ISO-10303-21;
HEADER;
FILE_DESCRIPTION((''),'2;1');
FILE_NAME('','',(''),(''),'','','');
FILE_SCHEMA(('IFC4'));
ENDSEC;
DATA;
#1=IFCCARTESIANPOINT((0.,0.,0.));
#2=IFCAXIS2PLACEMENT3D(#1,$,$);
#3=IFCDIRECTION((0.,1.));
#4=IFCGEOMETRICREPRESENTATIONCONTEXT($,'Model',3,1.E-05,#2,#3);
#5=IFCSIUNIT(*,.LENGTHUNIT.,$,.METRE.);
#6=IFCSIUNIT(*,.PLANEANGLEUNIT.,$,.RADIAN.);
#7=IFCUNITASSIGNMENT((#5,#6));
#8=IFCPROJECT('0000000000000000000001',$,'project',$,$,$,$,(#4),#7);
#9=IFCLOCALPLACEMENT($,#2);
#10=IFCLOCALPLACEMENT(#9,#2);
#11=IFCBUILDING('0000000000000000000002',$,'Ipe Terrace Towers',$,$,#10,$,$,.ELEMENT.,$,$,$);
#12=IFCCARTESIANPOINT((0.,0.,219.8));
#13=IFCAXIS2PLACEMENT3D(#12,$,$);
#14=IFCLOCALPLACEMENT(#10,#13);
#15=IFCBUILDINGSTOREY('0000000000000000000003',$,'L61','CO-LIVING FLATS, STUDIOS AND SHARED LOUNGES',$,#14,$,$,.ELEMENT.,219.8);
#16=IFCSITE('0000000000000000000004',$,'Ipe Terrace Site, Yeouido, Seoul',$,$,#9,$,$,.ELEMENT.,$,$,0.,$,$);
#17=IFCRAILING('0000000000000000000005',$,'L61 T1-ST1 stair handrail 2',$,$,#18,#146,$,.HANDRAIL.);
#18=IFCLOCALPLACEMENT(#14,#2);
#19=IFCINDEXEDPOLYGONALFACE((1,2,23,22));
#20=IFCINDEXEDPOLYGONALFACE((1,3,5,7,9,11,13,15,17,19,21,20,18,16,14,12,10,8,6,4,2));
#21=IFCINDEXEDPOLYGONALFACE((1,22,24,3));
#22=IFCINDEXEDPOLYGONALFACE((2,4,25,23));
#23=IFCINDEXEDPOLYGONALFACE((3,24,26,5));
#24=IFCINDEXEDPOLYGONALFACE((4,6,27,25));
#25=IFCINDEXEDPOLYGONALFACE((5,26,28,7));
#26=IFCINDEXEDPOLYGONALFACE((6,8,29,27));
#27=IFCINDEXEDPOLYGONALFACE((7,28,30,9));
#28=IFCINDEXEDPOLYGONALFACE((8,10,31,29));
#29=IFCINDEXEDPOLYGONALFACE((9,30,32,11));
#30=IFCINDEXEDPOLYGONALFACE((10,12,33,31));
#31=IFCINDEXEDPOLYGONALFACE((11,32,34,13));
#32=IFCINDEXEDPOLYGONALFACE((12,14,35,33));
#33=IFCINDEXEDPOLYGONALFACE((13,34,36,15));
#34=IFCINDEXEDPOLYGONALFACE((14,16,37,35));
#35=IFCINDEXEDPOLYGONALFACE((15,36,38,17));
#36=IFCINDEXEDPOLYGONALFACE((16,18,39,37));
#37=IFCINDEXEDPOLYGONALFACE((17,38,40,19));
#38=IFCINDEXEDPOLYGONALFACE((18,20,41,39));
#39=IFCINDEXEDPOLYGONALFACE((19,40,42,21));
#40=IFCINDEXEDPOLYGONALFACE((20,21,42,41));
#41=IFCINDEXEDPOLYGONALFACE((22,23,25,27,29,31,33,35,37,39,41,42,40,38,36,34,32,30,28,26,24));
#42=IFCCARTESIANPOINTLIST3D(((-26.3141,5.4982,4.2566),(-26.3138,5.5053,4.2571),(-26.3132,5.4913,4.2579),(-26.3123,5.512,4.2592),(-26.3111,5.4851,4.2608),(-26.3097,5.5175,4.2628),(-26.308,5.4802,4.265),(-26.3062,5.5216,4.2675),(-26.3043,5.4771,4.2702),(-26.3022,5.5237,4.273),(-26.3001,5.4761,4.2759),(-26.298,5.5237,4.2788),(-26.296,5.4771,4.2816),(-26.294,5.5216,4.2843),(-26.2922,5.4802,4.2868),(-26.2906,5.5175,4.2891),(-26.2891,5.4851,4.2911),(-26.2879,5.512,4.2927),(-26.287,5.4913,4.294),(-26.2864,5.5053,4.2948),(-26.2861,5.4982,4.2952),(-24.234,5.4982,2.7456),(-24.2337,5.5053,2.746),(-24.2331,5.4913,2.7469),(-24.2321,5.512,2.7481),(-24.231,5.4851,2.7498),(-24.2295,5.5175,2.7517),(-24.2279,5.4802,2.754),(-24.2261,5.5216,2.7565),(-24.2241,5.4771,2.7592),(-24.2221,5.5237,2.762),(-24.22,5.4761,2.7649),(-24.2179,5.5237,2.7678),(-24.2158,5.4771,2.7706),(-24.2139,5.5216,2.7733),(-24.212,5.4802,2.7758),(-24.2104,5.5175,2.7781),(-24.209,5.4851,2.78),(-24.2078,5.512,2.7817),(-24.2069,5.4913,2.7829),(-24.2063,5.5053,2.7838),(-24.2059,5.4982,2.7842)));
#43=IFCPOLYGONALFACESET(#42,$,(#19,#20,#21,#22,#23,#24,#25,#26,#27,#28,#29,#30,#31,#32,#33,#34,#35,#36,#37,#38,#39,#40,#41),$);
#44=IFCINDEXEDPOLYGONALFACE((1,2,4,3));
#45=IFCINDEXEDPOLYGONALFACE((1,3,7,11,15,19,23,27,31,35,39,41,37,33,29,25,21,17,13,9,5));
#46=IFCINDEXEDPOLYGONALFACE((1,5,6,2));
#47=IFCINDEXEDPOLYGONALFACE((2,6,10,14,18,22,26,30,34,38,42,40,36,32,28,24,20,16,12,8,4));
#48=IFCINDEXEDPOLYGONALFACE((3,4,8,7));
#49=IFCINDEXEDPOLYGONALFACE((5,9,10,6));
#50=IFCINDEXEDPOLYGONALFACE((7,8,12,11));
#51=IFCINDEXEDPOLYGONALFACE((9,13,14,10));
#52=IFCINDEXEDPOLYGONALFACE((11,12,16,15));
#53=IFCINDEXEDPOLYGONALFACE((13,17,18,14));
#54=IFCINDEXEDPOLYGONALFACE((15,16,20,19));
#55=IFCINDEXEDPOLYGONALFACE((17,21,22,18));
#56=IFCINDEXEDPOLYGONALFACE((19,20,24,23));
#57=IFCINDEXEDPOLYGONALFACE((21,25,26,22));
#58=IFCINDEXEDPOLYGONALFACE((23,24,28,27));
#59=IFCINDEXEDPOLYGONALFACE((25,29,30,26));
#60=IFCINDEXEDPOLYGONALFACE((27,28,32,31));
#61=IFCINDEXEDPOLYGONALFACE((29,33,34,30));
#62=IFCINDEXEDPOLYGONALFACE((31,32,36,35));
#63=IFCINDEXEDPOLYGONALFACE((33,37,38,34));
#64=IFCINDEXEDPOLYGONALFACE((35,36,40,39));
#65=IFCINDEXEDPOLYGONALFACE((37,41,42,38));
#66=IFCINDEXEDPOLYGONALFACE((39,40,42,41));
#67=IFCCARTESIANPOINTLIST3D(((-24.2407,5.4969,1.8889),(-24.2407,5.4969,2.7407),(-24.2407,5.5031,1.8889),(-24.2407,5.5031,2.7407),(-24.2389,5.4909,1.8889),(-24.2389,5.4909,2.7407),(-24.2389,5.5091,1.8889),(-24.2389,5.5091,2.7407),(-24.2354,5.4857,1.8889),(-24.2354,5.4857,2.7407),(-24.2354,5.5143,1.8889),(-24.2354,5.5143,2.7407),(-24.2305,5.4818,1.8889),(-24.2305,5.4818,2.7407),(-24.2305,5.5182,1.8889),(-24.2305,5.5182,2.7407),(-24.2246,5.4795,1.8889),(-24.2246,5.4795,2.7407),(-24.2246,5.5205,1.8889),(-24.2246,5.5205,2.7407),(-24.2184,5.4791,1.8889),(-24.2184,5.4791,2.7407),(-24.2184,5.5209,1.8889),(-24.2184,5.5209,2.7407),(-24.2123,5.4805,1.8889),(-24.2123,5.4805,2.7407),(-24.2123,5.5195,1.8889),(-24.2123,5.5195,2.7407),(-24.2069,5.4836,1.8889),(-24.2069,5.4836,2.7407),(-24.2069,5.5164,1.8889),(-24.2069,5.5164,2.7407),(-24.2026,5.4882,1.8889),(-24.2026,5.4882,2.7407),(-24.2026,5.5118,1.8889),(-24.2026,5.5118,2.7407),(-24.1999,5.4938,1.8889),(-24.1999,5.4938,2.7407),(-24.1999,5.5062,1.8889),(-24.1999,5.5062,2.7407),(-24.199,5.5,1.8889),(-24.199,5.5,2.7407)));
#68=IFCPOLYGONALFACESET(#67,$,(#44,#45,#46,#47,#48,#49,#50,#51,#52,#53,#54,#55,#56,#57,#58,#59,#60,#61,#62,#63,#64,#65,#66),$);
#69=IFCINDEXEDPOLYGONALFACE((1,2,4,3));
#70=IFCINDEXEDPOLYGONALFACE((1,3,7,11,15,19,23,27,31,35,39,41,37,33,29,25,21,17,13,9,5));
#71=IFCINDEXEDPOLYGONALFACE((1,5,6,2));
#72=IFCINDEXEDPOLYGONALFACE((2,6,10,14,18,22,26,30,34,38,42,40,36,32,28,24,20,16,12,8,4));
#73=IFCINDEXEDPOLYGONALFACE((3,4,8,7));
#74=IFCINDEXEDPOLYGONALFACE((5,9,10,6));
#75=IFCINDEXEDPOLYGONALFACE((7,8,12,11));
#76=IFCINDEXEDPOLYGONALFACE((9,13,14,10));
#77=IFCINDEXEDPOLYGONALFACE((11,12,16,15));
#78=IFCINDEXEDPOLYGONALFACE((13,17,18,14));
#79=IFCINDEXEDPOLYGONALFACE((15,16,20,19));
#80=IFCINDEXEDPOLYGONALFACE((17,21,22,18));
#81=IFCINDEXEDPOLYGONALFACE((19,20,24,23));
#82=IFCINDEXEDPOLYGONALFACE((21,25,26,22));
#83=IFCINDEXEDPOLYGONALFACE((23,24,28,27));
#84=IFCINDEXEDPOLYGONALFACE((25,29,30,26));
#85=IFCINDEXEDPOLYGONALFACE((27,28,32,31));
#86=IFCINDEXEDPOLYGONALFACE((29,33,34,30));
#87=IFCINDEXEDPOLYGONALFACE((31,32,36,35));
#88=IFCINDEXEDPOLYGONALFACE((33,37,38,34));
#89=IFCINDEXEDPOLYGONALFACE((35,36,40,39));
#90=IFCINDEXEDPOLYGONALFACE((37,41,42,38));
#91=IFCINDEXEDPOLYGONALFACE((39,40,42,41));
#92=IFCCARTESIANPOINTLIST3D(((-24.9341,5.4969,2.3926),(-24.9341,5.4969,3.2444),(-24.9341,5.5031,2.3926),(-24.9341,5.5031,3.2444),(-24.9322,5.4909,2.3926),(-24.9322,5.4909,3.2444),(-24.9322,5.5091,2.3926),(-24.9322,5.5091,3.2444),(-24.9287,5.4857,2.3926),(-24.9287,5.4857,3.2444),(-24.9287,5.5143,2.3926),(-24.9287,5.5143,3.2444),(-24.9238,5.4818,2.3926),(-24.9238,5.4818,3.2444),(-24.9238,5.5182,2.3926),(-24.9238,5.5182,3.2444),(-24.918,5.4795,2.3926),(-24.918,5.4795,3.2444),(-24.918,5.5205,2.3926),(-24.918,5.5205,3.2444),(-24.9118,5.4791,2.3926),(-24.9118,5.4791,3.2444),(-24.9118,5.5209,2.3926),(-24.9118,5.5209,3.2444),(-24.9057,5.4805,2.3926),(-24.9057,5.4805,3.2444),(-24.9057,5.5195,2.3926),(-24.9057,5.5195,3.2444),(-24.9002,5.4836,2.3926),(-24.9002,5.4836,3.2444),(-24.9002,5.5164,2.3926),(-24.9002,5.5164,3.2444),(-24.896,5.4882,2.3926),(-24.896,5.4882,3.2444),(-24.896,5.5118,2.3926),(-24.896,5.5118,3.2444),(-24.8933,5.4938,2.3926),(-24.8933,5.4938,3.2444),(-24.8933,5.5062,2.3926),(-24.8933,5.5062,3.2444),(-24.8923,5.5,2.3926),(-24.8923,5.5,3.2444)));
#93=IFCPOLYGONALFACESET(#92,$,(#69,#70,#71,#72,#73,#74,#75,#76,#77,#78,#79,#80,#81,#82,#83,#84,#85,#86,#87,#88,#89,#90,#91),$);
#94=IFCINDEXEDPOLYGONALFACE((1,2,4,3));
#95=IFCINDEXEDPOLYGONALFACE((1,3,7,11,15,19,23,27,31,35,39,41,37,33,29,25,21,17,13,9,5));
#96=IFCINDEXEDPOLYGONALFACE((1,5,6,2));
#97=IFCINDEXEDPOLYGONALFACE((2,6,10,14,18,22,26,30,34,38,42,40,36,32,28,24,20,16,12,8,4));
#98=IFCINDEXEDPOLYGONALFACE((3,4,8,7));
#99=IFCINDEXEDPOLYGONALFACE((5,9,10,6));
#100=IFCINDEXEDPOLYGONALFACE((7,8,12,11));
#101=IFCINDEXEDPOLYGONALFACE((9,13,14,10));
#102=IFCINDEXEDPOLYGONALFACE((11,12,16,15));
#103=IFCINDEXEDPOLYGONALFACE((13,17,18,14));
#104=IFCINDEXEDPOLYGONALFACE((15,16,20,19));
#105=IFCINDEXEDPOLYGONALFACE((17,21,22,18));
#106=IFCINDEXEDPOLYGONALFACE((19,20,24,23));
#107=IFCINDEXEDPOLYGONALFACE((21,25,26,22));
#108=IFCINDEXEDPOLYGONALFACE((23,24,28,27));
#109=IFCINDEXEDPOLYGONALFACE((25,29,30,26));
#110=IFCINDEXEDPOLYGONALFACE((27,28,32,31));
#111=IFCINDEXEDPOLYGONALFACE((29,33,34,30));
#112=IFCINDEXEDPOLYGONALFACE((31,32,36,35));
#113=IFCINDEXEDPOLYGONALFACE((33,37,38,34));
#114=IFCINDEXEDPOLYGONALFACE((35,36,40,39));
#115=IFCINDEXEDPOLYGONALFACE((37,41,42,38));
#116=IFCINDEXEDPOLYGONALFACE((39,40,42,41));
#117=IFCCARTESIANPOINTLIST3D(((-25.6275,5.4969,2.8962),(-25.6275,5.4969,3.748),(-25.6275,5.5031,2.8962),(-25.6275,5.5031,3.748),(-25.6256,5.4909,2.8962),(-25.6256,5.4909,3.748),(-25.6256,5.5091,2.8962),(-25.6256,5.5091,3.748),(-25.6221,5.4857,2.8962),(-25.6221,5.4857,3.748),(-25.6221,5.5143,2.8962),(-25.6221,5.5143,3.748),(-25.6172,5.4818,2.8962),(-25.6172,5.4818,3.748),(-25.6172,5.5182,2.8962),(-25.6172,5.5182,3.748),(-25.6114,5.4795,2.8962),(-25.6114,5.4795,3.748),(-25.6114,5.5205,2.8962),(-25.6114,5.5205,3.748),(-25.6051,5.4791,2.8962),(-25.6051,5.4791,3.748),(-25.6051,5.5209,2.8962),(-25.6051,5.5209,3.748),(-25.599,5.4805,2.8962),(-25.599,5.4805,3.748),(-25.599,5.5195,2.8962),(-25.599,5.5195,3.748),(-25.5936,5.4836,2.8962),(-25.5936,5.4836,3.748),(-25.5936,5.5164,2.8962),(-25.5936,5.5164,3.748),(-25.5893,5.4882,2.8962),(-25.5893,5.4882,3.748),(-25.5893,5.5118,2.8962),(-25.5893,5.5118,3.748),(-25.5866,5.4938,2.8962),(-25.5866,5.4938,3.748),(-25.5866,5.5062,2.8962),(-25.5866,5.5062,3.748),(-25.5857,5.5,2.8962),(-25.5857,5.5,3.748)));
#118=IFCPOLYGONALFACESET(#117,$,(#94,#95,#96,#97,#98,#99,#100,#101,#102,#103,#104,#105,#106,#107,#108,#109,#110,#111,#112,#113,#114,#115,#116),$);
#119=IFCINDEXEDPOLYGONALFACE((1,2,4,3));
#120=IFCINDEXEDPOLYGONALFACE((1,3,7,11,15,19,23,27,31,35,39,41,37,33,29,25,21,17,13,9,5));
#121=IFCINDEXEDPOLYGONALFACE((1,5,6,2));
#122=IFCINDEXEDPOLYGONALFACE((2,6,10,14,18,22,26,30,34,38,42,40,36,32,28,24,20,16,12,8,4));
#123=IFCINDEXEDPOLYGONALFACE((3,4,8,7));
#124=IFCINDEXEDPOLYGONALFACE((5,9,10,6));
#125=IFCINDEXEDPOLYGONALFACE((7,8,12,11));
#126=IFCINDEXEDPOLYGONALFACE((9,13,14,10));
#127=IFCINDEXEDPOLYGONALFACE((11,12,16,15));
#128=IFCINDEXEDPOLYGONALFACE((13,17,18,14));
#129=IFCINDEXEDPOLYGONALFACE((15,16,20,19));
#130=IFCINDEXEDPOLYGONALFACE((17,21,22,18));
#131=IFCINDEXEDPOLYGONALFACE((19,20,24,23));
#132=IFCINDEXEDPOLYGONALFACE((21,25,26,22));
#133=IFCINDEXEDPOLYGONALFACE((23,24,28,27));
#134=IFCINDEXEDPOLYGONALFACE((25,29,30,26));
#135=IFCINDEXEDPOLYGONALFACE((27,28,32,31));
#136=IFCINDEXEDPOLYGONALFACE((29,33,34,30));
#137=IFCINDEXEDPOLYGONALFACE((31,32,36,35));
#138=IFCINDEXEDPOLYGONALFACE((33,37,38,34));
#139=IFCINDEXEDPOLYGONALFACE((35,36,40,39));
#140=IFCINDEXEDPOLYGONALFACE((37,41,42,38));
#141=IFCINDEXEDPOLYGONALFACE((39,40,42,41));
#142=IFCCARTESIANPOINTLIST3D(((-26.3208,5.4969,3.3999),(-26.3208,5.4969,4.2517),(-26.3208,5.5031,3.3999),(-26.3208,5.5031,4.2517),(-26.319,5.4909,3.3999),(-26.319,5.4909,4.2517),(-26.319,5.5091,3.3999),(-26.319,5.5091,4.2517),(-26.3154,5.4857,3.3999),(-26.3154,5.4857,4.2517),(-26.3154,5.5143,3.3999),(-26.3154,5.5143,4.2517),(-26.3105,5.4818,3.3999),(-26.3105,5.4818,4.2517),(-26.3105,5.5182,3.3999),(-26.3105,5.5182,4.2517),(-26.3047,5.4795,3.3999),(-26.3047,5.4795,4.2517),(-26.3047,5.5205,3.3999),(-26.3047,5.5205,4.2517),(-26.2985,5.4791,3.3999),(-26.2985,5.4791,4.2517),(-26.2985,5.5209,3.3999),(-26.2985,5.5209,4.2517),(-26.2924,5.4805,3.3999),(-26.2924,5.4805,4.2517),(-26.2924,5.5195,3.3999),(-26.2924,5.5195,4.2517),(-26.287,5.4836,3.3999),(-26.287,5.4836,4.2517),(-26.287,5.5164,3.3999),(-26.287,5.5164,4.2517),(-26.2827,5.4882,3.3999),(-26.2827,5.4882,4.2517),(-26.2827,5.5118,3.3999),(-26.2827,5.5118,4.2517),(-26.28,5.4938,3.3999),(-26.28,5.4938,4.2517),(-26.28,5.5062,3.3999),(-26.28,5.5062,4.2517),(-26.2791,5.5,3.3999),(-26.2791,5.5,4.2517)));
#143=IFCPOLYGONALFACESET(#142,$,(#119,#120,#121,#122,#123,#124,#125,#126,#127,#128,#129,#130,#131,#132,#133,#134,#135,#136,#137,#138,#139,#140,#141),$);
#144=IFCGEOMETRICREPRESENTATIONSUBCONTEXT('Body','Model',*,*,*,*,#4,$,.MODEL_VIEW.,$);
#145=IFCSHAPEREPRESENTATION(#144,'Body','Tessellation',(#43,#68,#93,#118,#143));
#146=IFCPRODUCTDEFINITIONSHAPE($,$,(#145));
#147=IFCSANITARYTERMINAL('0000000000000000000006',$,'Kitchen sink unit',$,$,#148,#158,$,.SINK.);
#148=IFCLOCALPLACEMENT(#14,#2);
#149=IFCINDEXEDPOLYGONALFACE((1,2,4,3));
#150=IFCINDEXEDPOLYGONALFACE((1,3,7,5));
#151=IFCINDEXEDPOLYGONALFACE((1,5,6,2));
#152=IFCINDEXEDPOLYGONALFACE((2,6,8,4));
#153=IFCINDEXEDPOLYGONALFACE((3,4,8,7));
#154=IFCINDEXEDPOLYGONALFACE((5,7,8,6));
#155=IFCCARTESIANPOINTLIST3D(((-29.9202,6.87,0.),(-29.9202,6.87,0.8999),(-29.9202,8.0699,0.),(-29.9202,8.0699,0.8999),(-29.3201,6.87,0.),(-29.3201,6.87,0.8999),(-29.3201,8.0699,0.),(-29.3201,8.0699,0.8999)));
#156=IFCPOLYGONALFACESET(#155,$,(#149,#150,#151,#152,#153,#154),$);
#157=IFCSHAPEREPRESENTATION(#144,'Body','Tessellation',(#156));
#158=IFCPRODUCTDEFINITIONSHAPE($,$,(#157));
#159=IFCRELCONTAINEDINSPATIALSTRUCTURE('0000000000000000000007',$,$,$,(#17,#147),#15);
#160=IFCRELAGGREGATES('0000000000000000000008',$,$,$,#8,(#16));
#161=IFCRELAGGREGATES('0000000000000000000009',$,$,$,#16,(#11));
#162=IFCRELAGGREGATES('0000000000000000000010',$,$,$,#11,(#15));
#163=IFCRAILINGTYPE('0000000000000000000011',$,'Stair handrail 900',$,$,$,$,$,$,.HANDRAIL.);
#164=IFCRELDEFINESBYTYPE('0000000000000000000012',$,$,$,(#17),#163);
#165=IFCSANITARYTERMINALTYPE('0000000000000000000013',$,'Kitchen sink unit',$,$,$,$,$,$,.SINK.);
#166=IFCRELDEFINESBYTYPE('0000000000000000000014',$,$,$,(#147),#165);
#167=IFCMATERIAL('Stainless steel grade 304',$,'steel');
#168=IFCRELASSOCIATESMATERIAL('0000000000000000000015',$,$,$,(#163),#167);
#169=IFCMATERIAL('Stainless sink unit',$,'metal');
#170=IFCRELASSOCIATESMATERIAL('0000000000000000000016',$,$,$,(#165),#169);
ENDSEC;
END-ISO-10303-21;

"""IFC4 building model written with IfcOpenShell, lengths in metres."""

from ifc_helpers import new_model, si_unit, direction, frame, origin, origin_2d, place, context, subcontext, project, spatial, rectangle, circle, extrude, material, type_object, element, save


model = new_model("IFC4")

# Units and contexts
model_context = context("Model", 3, precision=1e-05, world=origin(), true_north=direction((0.0, 1.0)))
body_context = subcontext(model_context, "Body", "Model", "MODEL_VIEW")
ifc_project = project(units=[si_unit("LENGTHUNIT", "METRE"), si_unit("PLANEANGLEUNIT", "RADIAN")], contexts=[model_context])

# Site, building, storey
site_placement = place(None, origin())
site = spatial("IfcSite", under=ifc_project, at=site_placement, Name="Ipe Terrace Site, Yeouido, Seoul", CompositionType="ELEMENT", RefElevation=0.0)
building_placement = place(site_placement, origin())
building = spatial("IfcBuilding", under=site, at=building_placement, Name="Ipe Terrace Towers", CompositionType="ELEMENT")
storey_placement = place(building_placement, frame((0.0, 0.0, 219.8)))
storey = spatial("IfcBuildingStorey", under=building, at=storey_placement, Name="L61", Description="CO-LIVING FLATS, STUDIOS AND SHARED LOUNGES", CompositionType="ELEMENT", Elevation=219.8)

# Railing
ifc_material_1 = material(Name="Stainless steel grade 304", Category="steel")
railing_type_1 = type_object("IfcRailingType", Name="Stair handrail 900", PredefinedType="HANDRAIL", material=ifc_material_1)
railing_1_placement = place(storey_placement, frame((-24.22, 5.5, 1.8889)))
element("IfcRailing", 1, at=railing_1_placement, inside=storey, type_object=railing_type_1, Name="L61 T1-ST1 stair handrail 2", PredefinedType="HANDRAIL", context=body_context, shape_type="SweptSolid", body=[
    extrude(circle(Radius=0.0239, at=origin_2d()), frame((0.0, 0.0, 0.876), z_axis=(-0.809069, 0.0, 0.587714), x_axis=(0.0, -1.0, 0.0)), (0.0, 0.0, 1.0), 2.571),
    extrude(circle(Radius=0.021, at=origin_2d()), origin(), (0.0, 0.0, 1.0), 0.8518),
    extrude(circle(Radius=0.021, at=origin_2d()), frame((-0.6934, 0.0, 0.5037)), (0.0, 0.0, 1.0), 0.8518),
    extrude(circle(Radius=0.021, at=origin_2d()), frame((-1.3867, 0.0, 1.0073)), (0.0, 0.0, 1.0), 0.8518),
    extrude(circle(Radius=0.021, at=origin_2d()), frame((-2.0801, 0.0, 1.511)), (0.0, 0.0, 1.0), 0.8518),
])

# Sanitary terminal
ifc_material_2 = material(Name="Stainless sink unit", Category="metal")
sanitary_terminal_type = type_object("IfcSanitaryTerminalType", Name="Kitchen sink unit", PredefinedType="SINK", material=ifc_material_2)
sanitary_terminal_placement = place(storey_placement, frame((-29.6201, 7.47, 0.0), z_axis=(0.0, 0.0, 1.0), x_axis=(0.0, -1.0, 0.0)))
element("IfcSanitaryTerminal", 2, at=sanitary_terminal_placement, inside=storey, type_object=sanitary_terminal_type, Name="Kitchen sink unit", PredefinedType="SINK", context=body_context, shape_type="SweptSolid", body=[
    extrude(rectangle(XDim=1.2, YDim=0.6001, at=origin_2d()), origin(), (0.0, 0.0, 1.0), 0.8999),
])

save(model, "model.ifc")
